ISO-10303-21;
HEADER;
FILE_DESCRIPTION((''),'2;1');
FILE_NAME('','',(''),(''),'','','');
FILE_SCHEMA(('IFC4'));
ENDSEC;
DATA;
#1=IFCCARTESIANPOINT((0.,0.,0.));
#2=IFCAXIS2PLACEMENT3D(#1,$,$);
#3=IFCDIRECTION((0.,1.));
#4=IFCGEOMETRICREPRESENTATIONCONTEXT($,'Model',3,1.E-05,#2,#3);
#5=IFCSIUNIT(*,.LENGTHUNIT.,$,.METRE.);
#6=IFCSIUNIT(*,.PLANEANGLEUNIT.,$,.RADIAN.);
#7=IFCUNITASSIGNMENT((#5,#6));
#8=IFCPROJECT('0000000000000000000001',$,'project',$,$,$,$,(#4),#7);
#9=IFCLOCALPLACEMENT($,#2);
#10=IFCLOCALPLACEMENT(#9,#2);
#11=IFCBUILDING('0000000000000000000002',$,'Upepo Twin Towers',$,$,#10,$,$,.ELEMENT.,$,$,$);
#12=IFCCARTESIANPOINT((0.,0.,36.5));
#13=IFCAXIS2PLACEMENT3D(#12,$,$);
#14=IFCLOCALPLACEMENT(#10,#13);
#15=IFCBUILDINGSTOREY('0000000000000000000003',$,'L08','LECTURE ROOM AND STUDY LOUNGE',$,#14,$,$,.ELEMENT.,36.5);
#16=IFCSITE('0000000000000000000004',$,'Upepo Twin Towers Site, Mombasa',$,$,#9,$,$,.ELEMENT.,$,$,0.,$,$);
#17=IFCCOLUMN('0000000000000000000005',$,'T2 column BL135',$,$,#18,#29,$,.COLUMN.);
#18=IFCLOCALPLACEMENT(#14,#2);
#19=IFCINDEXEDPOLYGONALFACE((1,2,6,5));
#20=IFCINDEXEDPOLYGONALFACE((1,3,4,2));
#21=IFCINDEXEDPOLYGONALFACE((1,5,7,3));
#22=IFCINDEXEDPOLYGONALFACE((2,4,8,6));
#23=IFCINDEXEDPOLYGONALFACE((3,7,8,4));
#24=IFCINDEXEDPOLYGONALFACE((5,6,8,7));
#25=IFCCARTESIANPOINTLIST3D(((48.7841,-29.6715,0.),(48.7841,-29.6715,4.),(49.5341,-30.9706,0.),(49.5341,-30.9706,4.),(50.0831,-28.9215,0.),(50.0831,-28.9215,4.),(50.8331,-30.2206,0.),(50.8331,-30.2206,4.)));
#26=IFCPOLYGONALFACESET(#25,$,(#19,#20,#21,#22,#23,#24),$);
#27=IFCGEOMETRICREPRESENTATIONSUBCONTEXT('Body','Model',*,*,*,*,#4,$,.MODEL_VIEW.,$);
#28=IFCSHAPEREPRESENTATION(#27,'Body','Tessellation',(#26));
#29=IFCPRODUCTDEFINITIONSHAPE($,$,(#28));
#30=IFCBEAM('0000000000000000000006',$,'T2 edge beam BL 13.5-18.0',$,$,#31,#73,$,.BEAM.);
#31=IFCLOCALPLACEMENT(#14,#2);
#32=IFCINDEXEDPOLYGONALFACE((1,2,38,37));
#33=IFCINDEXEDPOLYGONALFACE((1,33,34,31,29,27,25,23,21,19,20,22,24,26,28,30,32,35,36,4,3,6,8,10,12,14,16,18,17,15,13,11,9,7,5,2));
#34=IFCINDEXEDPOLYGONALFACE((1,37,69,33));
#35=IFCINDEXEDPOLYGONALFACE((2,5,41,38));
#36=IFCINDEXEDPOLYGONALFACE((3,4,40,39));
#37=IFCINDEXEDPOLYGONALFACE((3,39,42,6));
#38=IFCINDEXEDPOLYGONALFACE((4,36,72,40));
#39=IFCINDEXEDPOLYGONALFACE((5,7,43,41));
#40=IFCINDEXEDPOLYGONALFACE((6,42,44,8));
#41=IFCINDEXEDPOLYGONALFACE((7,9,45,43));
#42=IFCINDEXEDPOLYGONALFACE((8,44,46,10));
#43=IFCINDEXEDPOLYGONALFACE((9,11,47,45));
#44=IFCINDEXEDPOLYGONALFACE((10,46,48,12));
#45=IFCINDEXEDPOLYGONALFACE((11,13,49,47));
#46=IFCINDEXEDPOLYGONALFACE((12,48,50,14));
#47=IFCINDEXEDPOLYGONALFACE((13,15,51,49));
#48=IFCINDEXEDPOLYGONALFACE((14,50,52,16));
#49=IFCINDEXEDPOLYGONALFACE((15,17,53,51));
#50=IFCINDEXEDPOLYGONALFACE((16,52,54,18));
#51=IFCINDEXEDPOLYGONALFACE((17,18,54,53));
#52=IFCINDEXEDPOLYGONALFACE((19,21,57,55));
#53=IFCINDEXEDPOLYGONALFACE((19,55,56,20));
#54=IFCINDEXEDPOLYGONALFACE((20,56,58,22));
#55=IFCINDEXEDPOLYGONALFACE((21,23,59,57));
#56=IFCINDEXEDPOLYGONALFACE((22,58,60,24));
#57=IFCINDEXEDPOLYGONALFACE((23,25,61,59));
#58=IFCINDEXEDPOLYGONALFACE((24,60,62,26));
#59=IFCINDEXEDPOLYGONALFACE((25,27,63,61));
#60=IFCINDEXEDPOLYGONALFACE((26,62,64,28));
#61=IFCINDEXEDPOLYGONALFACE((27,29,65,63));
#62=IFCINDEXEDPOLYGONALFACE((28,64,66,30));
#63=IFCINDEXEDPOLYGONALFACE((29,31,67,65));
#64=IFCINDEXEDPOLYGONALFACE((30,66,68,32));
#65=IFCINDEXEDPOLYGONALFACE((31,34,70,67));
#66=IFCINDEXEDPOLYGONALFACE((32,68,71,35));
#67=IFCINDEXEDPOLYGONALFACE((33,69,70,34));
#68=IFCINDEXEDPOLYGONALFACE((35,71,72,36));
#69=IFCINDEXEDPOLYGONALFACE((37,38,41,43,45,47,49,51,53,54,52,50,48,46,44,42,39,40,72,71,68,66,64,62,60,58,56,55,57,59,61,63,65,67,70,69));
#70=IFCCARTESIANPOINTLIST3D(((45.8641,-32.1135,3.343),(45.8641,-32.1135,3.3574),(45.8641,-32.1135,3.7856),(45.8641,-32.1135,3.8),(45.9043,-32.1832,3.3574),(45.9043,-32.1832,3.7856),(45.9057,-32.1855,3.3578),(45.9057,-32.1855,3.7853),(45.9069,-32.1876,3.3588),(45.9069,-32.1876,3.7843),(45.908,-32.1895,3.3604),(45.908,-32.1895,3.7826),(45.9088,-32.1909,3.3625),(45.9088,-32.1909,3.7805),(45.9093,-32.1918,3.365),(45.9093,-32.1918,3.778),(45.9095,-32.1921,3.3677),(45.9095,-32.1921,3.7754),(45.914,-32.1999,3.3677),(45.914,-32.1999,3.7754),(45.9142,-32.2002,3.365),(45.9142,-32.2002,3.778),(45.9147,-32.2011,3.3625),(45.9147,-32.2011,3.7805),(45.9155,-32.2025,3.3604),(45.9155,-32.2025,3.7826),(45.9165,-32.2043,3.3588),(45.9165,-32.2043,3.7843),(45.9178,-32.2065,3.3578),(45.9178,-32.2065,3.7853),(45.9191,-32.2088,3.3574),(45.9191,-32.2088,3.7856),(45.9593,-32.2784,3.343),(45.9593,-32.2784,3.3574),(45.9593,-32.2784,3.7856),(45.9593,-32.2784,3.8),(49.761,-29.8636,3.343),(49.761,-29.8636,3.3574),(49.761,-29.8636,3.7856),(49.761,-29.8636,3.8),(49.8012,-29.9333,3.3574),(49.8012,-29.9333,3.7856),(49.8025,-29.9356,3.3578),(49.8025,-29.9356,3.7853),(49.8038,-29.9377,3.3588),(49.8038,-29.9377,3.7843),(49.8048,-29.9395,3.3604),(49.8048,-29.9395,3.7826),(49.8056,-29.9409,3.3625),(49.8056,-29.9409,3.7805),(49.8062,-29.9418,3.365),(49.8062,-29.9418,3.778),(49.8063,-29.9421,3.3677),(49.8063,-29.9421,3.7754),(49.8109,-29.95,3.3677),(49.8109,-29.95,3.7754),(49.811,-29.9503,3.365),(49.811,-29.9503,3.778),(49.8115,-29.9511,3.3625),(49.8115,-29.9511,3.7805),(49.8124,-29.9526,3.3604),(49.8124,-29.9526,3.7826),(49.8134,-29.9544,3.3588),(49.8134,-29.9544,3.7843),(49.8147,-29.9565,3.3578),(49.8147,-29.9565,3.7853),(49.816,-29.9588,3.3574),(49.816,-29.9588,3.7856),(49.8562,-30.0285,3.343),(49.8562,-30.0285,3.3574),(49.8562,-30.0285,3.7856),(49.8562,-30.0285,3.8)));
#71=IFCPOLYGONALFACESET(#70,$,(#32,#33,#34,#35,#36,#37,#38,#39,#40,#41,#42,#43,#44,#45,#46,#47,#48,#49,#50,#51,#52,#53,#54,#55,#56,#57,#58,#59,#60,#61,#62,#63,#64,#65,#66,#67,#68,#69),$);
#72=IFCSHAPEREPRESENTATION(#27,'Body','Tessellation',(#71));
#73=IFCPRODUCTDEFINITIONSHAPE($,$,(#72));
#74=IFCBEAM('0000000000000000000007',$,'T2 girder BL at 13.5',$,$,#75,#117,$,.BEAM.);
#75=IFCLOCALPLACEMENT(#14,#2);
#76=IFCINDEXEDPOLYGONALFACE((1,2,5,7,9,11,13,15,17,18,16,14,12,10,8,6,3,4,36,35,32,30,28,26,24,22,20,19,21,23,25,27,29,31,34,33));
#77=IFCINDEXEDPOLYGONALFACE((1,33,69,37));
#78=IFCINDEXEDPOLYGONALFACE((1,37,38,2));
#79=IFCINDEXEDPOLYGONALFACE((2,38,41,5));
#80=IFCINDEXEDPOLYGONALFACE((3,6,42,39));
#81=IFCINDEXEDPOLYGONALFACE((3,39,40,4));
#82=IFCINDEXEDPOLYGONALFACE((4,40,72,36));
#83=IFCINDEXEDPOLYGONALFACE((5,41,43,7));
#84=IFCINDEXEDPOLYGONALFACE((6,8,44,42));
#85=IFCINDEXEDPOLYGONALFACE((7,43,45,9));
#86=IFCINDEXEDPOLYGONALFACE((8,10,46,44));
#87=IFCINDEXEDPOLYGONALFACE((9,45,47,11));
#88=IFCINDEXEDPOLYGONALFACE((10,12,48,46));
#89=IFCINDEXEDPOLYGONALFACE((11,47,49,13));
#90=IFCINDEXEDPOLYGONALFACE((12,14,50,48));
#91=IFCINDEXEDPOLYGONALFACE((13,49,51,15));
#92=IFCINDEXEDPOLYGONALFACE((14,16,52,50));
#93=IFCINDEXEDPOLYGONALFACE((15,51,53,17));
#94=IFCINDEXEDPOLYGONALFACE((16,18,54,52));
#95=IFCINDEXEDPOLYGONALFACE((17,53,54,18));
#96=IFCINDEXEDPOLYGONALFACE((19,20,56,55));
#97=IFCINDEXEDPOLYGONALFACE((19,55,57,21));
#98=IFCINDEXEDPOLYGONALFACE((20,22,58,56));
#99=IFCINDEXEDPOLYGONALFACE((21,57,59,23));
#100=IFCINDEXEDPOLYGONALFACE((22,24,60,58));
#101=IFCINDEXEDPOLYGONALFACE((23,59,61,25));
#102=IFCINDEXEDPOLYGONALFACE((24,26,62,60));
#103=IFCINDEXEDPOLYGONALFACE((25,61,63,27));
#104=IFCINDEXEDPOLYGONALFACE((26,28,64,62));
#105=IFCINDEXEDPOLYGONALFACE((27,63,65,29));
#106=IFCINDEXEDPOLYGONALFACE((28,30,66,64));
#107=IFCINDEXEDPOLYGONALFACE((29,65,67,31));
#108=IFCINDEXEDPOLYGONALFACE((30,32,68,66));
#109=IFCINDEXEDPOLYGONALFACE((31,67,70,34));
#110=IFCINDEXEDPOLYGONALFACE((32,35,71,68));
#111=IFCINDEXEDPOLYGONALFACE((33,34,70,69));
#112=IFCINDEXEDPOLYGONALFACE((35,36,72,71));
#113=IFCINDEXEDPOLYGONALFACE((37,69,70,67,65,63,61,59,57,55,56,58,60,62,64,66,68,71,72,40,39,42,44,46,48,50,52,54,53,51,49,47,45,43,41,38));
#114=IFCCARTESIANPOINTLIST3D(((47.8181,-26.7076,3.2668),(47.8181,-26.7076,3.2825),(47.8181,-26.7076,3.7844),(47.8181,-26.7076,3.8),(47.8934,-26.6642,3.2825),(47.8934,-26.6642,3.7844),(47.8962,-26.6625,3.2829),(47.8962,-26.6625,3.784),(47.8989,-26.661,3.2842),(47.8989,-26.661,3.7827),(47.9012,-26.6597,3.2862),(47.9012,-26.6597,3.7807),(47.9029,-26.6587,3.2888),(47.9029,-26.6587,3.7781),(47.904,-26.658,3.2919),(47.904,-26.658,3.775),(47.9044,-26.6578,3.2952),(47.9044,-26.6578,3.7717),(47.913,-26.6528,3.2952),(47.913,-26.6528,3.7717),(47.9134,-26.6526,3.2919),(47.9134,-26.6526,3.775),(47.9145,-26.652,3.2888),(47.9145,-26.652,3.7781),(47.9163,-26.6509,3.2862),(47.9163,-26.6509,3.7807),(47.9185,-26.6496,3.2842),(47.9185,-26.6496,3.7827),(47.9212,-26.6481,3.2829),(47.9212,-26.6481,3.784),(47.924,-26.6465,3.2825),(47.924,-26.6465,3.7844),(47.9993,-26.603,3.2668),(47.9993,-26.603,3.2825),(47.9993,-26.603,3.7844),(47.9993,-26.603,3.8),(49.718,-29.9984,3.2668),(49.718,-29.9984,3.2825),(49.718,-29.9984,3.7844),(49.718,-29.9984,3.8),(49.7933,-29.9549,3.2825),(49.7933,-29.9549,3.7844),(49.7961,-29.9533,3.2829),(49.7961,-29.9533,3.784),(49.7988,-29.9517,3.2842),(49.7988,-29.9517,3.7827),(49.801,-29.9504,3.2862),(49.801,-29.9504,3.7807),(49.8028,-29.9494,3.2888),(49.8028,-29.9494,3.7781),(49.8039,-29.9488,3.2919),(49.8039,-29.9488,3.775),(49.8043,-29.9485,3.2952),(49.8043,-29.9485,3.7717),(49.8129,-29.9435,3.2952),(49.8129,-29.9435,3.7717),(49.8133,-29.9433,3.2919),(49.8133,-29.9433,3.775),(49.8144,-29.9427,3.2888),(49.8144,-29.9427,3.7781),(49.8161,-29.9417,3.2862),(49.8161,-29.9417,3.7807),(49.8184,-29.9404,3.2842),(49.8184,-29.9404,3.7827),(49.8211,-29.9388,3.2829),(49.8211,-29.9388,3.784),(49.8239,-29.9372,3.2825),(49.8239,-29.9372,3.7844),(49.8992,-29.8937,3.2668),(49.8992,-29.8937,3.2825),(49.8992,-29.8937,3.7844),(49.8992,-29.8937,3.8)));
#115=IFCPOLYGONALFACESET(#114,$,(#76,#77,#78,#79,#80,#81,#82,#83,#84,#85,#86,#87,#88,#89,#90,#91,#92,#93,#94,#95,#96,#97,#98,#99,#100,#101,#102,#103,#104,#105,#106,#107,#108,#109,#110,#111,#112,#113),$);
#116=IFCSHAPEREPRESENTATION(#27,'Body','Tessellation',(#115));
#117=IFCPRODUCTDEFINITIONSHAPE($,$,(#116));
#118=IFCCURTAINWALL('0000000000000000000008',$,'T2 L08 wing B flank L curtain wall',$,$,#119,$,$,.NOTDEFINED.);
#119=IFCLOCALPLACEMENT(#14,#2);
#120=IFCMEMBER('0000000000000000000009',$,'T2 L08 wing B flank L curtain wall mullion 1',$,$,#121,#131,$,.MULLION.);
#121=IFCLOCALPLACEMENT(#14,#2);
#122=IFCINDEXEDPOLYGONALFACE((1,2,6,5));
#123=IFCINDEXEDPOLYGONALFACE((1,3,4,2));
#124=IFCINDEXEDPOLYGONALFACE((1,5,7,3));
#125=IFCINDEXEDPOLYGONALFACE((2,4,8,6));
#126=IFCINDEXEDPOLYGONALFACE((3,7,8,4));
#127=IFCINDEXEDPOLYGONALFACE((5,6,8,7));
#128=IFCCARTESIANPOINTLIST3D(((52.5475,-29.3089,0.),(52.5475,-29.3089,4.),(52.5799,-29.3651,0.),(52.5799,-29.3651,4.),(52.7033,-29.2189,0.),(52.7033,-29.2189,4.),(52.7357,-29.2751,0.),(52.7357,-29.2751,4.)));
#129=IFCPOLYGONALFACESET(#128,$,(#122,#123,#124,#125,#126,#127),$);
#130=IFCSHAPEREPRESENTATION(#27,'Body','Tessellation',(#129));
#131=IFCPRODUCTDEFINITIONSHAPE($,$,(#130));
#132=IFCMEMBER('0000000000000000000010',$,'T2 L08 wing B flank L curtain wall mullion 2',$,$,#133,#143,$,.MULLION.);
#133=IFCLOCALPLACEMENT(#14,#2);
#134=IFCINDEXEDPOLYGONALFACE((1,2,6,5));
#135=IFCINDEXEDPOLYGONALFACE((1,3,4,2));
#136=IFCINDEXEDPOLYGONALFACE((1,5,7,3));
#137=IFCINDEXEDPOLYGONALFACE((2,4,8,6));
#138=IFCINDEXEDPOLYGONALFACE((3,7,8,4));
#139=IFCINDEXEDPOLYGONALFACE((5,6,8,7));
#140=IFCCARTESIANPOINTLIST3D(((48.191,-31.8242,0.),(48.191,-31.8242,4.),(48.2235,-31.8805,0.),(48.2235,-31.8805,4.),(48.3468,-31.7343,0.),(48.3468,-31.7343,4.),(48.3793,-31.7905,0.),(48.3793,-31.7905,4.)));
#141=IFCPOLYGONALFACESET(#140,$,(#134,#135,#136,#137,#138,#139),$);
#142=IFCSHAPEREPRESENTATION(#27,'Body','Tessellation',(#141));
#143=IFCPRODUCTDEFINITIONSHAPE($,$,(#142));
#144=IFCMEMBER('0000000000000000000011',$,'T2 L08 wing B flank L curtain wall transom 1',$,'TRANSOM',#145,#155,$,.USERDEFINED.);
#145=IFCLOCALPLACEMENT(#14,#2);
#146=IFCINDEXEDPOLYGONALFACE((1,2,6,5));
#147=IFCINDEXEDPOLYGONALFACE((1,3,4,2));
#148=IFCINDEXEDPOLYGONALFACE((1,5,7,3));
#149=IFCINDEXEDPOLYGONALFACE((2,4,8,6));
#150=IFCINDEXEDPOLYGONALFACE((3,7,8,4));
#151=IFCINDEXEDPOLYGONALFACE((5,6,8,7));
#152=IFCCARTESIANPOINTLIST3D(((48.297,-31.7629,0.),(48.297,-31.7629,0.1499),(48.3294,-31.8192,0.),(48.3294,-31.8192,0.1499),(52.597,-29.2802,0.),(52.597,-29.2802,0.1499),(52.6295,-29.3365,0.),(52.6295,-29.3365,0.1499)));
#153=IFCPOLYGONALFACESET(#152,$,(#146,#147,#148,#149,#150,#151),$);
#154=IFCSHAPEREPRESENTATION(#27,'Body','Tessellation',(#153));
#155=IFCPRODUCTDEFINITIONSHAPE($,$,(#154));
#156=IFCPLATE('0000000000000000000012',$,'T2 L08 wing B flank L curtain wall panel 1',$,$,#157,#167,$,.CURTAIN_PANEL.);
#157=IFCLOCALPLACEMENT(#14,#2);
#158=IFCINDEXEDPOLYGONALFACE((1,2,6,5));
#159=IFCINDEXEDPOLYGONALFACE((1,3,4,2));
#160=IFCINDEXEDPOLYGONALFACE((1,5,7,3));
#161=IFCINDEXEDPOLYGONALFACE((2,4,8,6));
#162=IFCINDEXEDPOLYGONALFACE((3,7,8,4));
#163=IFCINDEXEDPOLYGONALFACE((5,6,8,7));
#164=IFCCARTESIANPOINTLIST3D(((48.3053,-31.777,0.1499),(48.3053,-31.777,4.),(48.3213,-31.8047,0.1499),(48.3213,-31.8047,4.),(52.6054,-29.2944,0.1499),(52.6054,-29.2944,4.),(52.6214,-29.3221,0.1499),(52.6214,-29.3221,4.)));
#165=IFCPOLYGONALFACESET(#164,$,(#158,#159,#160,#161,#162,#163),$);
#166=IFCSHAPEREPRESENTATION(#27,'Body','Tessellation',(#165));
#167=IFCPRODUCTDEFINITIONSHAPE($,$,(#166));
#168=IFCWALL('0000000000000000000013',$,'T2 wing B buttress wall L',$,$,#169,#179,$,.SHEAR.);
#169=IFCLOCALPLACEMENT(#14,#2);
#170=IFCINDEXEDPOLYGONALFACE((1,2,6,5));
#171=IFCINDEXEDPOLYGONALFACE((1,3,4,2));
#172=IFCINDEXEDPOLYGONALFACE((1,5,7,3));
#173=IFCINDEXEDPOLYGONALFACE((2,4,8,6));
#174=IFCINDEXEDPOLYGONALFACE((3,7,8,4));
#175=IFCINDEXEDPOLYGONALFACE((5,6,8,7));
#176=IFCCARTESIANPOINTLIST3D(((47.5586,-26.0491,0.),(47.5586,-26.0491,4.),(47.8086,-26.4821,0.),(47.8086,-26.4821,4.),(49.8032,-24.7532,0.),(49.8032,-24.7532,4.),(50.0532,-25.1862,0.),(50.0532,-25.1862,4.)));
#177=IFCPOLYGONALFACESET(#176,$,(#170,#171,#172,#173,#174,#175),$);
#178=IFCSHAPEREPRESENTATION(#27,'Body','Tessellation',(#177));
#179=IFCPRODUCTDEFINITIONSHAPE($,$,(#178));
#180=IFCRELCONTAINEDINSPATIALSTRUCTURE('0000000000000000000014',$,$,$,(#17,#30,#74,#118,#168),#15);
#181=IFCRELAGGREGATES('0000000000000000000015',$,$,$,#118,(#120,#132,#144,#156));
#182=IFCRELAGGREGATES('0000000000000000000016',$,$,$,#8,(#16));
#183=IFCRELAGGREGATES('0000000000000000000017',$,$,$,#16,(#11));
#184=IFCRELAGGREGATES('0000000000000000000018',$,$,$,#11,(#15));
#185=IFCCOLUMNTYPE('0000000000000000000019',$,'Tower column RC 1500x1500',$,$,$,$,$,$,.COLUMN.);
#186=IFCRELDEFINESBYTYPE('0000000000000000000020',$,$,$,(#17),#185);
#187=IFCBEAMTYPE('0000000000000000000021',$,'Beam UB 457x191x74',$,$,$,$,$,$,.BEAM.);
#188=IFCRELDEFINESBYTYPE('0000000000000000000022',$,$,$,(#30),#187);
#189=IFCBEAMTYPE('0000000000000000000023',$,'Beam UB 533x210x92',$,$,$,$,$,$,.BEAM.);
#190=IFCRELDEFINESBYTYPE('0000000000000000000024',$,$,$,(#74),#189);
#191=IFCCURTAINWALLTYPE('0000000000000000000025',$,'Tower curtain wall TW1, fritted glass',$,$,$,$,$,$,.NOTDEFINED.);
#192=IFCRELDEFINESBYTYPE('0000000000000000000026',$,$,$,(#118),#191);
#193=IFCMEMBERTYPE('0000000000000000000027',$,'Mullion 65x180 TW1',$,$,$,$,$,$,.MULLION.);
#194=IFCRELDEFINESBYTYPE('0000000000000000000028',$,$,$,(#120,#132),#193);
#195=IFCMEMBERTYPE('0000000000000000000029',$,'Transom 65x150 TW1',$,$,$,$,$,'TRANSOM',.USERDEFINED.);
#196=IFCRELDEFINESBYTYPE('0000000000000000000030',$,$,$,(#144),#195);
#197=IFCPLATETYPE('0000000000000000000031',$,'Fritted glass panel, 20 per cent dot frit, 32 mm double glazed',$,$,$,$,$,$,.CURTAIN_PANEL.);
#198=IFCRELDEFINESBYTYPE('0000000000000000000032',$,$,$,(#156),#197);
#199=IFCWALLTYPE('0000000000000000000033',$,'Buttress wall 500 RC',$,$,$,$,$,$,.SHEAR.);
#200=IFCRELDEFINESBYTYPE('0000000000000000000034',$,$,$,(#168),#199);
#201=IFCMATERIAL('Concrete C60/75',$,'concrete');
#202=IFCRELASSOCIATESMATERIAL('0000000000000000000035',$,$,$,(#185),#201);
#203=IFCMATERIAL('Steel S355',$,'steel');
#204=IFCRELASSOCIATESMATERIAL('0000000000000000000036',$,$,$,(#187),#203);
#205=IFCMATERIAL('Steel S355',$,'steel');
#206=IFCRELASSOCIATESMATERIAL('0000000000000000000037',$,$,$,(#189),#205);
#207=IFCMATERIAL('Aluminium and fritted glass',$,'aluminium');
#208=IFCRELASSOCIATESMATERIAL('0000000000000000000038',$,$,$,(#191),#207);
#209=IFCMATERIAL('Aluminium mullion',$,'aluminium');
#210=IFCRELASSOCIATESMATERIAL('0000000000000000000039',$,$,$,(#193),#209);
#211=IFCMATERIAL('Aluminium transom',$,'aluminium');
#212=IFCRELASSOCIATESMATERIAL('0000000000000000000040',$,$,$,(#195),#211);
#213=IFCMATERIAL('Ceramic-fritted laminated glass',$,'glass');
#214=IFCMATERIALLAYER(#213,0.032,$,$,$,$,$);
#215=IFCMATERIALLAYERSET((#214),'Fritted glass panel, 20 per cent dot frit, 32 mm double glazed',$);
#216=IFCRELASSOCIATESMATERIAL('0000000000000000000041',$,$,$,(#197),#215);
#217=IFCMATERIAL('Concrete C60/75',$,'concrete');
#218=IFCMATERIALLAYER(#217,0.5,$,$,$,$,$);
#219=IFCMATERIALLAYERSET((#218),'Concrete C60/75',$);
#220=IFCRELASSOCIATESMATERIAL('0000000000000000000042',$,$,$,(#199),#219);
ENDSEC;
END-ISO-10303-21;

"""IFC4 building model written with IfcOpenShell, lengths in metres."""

from ifc_helpers import new_model, si_unit, direction, frame, frame_2d, origin, origin_2d, place, context, subcontext, project, spatial, rectangle, i_section, extrude, material, layer, layer_set, material_profile, profile_set, type_object, element, aggregate, save


model = new_model("IFC4")

# Units and contexts
model_context = context("Model", 3, precision=1e-05, world=origin(), true_north=direction((0.0, 1.0)))
body_context = subcontext(model_context, "Body", "Model", "MODEL_VIEW")
ifc_project = project(units=[si_unit("LENGTHUNIT", "METRE"), si_unit("PLANEANGLEUNIT", "RADIAN")], contexts=[model_context])

# Site, building, storey
site_placement = place(None, origin())
site = spatial("IfcSite", under=ifc_project, at=site_placement, Name="Upepo Twin Towers Site, Mombasa", CompositionType="ELEMENT", RefElevation=0.0)
building_placement = place(site_placement, origin())
building = spatial("IfcBuilding", under=site, at=building_placement, Name="Upepo Twin Towers", CompositionType="ELEMENT")
storey_placement = place(building_placement, frame((0.0, 0.0, 36.5)))
storey = spatial("IfcBuildingStorey", under=building, at=storey_placement, Name="L08", Description="LECTURE ROOM AND STUDY LOUNGE", CompositionType="ELEMENT", Elevation=36.5)

# Column
ifc_material_1 = material(Name="Concrete C60/75", Category="concrete")
ifc_material_profile_1 = material_profile(ifc_material_1, rectangle(XDim=1.5, YDim=1.5, at=origin_2d()), Name="RC 1500x1500")
ifc_profile_set_1 = profile_set([ifc_material_profile_1], Name="Concrete C60/75")
column_type = type_object("IfcColumnType", Name="Tower column RC 1500x1500", PredefinedType="COLUMN", material=ifc_profile_set_1)
column_placement = place(storey_placement, frame((49.8086, -29.946, 0.0), z_axis=(0.0, 0.0, 1.0), x_axis=(0.866025, 0.5, 0.0)))
element("IfcColumn", 1, at=column_placement, inside=storey, type_object=column_type, Name="T2 column BL135", PredefinedType="COLUMN", context=body_context, shape_type="SweptSolid", body=[
    extrude(rectangle(XDim=1.5, YDim=1.5, at=origin_2d()), origin(), (0.0, 0.0, 1.0), 4.0),
])

# Beams
ifc_material_2 = material(Name="Steel S355", Category="steel")
ifc_material_profile_2 = material_profile(ifc_material_2, i_section(OverallWidth=0.1904, OverallDepth=0.457, WebThickness=0.009, FlangeThickness=0.0144, FilletRadius=0.0103, at=origin_2d()), Name="UB 457x191x74")
ifc_profile_set_2 = profile_set([ifc_material_profile_2], Name="Steel S355")
beam_type_1 = type_object("IfcBeamType", Name="Beam UB 457x191x74", PredefinedType="BEAM", material=ifc_profile_set_2)
beam_1_placement = place(storey_placement, frame((49.8086, -29.946, 3.5715), z_axis=(-0.866018, -0.500014, 0.0), x_axis=(0.500014, -0.866018, 0.0)))
element("IfcBeam", 2, at=beam_1_placement, inside=storey, type_object=beam_type_1, Name="T2 edge beam BL 13.5-18.0", PredefinedType="BEAM", context=body_context, shape_type="SweptSolid", body=[
    extrude(i_section(OverallWidth=0.1904, OverallDepth=0.457, WebThickness=0.009, FlangeThickness=0.0144, FilletRadius=0.0103, at=origin_2d()), origin(), (0.0, 0.0, 1.0), 4.4998),
])
ifc_material_3 = material(Name="Steel S355", Category="steel")
ifc_material_profile_3 = material_profile(ifc_material_3, i_section(OverallWidth=0.2092, OverallDepth=0.5332, WebThickness=0.01, FlangeThickness=0.0156, FilletRadius=0.0127, at=origin_2d()), Name="UB 533x210x92")
ifc_profile_set_3 = profile_set([ifc_material_profile_3], Name="Steel S355")
beam_type_2 = type_object("IfcBeamType", Name="Beam UB 533x210x92", PredefinedType="BEAM", material=ifc_profile_set_3)
beam_2_placement = place(storey_placement, frame((49.8086, -29.946, 3.5334), z_axis=(-0.499995, 0.866028, 0.0), x_axis=(-0.866028, -0.499995, 0.0)))
element("IfcBeam", 3, at=beam_2_placement, inside=storey, type_object=beam_type_2, Name="T2 girder BL at 13.5", PredefinedType="BEAM", context=body_context, shape_type="SweptSolid", body=[
    extrude(i_section(OverallWidth=0.2092, OverallDepth=0.5332, WebThickness=0.01, FlangeThickness=0.0156, FilletRadius=0.0127, at=origin_2d()), origin(), (0.0, 0.0, 1.0), 3.7998),
])

# Curtain wall, members, plate
ifc_material_4 = material(Name="Aluminium and fritted glass", Category="aluminium")
curtain_wall_type = type_object("IfcCurtainWallType", Name="Tower curtain wall TW1, fritted glass", PredefinedType="NOTDEFINED", material=ifc_material_4)
curtain_wall_placement = place(storey_placement, origin())
curtain_wall = element("IfcCurtainWall", 4, at=curtain_wall_placement, inside=storey, type_object=curtain_wall_type, Name="T2 L08 wing B flank L curtain wall", PredefinedType="NOTDEFINED")
ifc_material_5 = material(Name="Aluminium mullion", Category="aluminium")
ifc_material_profile_4 = material_profile(ifc_material_5, rectangle(XDim=0.0649, YDim=0.1799, at=origin_2d()), Name="MULLION 65x180")
ifc_profile_set_4 = profile_set([ifc_material_profile_4], Name="Aluminium mullion")
member_type_1 = type_object("IfcMemberType", Name="Mullion 65x180 TW1", PredefinedType="MULLION", material=ifc_profile_set_4)
member_1_placement = place(storey_placement, frame((52.6416, -29.292, 0.0), z_axis=(0.0, 0.0, 1.0), x_axis=(0.5, -0.866025, 0.0)))
member_1 = element("IfcMember", 5, at=member_1_placement, type_object=member_type_1, Name="T2 L08 wing B flank L curtain wall mullion 1", PredefinedType="MULLION", context=body_context, shape_type="SweptSolid", body=[
    extrude(rectangle(XDim=0.0649, YDim=0.1799, at=origin_2d()), origin(), (0.0, 0.0, 1.0), 4.0),
])
member_2_placement = place(storey_placement, frame((48.2852, -31.8074, 0.0), z_axis=(0.0, 0.0, 1.0), x_axis=(0.5, -0.866025, 0.0)))
member_2 = element("IfcMember", 6, at=member_2_placement, type_object=member_type_1, Name="T2 L08 wing B flank L curtain wall mullion 2", PredefinedType="MULLION", context=body_context, shape_type="SweptSolid", body=[
    extrude(rectangle(XDim=0.0649, YDim=0.1799, at=origin_2d()), origin(), (0.0, 0.0, 1.0), 4.0),
])
ifc_material_6 = material(Name="Aluminium transom", Category="aluminium")
ifc_material_profile_5 = material_profile(ifc_material_6, rectangle(XDim=0.0649, YDim=0.1499, at=origin_2d()), Name="TRANSOM 65x150")
ifc_profile_set_5 = profile_set([ifc_material_profile_5], Name="Aluminium transom")
member_type_2 = type_object("IfcMemberType", Name="Transom 65x150 TW1", ElementType="TRANSOM", PredefinedType="USERDEFINED", material=ifc_profile_set_5)
member_3_placement = place(storey_placement, frame((52.6133, -29.3083, 0.075), z_axis=(-0.866023, -0.500005, 0.0), x_axis=(0.500005, -0.866023, 0.0)))
member_3 = element("IfcMember", 7, at=member_3_placement, type_object=member_type_2, Name="T2 L08 wing B flank L curtain wall transom 1", ObjectType="TRANSOM", PredefinedType="USERDEFINED", context=body_context, shape_type="SweptSolid", body=[
    extrude(rectangle(XDim=0.0649, YDim=0.1499, at=origin_2d()), origin(), (0.0, 0.0, 1.0), 4.9653),
])
ifc_material_7 = material(Name="Ceramic-fritted laminated glass", Category="glass")
ifc_layer_1 = layer(ifc_material_7, 0.032)
ifc_layer_set_1 = layer_set([ifc_layer_1], Name="Fritted glass panel, 20 per cent dot frit, 32 mm double glazed")
plate_type = type_object("IfcPlateType", Name="Fritted glass panel, 20 per cent dot frit, 32 mm double glazed", PredefinedType="CURTAIN_PANEL", material=ifc_layer_set_1)
plate_placement = place(storey_placement, frame((50.4634, -30.5496, 0.1499), z_axis=(0.0, 0.0, 1.0), x_axis=(-0.866025, -0.5, 0.0)))
plate = element("IfcPlate", 8, at=plate_placement, type_object=plate_type, Name="T2 L08 wing B flank L curtain wall panel 1", PredefinedType="CURTAIN_PANEL", context=body_context, shape_type="SweptSolid", body=[
    extrude(rectangle(XDim=4.9653, YDim=0.032, at=origin_2d()), origin(), (0.0, 0.0, 1.0), 3.8501),
])
aggregate(curtain_wall, [member_1, member_2, member_3, plate])

# Wall
ifc_material_8 = material(Name="Concrete C60/75", Category="concrete")
ifc_layer_2 = layer(ifc_material_8, 0.5)
ifc_layer_set_2 = layer_set([ifc_layer_2], Name="Concrete C60/75")
wall_type_1 = type_object("IfcWallType", Name="Buttress wall 500 RC", PredefinedType="SHEAR", material=ifc_layer_set_2)
wall_1_placement = place(storey_placement, frame((49.9282, -24.9697, 0.0), z_axis=(0.0, 0.0, 1.0), x_axis=(-0.866032, -0.499989, 0.0)))
element("IfcWall", 9, at=wall_1_placement, inside=storey, type_object=wall_type_1, Name="T2 wing B buttress wall L", PredefinedType="SHEAR", context=body_context, shape_type="SweptSolid", body=[
    extrude(rectangle(XDim=2.5918, YDim=0.5, at=frame_2d((1.2959, 0.0))), origin(), (0.0, 0.0, 1.0), 4.0),
])

save(model, "model.ifc")
